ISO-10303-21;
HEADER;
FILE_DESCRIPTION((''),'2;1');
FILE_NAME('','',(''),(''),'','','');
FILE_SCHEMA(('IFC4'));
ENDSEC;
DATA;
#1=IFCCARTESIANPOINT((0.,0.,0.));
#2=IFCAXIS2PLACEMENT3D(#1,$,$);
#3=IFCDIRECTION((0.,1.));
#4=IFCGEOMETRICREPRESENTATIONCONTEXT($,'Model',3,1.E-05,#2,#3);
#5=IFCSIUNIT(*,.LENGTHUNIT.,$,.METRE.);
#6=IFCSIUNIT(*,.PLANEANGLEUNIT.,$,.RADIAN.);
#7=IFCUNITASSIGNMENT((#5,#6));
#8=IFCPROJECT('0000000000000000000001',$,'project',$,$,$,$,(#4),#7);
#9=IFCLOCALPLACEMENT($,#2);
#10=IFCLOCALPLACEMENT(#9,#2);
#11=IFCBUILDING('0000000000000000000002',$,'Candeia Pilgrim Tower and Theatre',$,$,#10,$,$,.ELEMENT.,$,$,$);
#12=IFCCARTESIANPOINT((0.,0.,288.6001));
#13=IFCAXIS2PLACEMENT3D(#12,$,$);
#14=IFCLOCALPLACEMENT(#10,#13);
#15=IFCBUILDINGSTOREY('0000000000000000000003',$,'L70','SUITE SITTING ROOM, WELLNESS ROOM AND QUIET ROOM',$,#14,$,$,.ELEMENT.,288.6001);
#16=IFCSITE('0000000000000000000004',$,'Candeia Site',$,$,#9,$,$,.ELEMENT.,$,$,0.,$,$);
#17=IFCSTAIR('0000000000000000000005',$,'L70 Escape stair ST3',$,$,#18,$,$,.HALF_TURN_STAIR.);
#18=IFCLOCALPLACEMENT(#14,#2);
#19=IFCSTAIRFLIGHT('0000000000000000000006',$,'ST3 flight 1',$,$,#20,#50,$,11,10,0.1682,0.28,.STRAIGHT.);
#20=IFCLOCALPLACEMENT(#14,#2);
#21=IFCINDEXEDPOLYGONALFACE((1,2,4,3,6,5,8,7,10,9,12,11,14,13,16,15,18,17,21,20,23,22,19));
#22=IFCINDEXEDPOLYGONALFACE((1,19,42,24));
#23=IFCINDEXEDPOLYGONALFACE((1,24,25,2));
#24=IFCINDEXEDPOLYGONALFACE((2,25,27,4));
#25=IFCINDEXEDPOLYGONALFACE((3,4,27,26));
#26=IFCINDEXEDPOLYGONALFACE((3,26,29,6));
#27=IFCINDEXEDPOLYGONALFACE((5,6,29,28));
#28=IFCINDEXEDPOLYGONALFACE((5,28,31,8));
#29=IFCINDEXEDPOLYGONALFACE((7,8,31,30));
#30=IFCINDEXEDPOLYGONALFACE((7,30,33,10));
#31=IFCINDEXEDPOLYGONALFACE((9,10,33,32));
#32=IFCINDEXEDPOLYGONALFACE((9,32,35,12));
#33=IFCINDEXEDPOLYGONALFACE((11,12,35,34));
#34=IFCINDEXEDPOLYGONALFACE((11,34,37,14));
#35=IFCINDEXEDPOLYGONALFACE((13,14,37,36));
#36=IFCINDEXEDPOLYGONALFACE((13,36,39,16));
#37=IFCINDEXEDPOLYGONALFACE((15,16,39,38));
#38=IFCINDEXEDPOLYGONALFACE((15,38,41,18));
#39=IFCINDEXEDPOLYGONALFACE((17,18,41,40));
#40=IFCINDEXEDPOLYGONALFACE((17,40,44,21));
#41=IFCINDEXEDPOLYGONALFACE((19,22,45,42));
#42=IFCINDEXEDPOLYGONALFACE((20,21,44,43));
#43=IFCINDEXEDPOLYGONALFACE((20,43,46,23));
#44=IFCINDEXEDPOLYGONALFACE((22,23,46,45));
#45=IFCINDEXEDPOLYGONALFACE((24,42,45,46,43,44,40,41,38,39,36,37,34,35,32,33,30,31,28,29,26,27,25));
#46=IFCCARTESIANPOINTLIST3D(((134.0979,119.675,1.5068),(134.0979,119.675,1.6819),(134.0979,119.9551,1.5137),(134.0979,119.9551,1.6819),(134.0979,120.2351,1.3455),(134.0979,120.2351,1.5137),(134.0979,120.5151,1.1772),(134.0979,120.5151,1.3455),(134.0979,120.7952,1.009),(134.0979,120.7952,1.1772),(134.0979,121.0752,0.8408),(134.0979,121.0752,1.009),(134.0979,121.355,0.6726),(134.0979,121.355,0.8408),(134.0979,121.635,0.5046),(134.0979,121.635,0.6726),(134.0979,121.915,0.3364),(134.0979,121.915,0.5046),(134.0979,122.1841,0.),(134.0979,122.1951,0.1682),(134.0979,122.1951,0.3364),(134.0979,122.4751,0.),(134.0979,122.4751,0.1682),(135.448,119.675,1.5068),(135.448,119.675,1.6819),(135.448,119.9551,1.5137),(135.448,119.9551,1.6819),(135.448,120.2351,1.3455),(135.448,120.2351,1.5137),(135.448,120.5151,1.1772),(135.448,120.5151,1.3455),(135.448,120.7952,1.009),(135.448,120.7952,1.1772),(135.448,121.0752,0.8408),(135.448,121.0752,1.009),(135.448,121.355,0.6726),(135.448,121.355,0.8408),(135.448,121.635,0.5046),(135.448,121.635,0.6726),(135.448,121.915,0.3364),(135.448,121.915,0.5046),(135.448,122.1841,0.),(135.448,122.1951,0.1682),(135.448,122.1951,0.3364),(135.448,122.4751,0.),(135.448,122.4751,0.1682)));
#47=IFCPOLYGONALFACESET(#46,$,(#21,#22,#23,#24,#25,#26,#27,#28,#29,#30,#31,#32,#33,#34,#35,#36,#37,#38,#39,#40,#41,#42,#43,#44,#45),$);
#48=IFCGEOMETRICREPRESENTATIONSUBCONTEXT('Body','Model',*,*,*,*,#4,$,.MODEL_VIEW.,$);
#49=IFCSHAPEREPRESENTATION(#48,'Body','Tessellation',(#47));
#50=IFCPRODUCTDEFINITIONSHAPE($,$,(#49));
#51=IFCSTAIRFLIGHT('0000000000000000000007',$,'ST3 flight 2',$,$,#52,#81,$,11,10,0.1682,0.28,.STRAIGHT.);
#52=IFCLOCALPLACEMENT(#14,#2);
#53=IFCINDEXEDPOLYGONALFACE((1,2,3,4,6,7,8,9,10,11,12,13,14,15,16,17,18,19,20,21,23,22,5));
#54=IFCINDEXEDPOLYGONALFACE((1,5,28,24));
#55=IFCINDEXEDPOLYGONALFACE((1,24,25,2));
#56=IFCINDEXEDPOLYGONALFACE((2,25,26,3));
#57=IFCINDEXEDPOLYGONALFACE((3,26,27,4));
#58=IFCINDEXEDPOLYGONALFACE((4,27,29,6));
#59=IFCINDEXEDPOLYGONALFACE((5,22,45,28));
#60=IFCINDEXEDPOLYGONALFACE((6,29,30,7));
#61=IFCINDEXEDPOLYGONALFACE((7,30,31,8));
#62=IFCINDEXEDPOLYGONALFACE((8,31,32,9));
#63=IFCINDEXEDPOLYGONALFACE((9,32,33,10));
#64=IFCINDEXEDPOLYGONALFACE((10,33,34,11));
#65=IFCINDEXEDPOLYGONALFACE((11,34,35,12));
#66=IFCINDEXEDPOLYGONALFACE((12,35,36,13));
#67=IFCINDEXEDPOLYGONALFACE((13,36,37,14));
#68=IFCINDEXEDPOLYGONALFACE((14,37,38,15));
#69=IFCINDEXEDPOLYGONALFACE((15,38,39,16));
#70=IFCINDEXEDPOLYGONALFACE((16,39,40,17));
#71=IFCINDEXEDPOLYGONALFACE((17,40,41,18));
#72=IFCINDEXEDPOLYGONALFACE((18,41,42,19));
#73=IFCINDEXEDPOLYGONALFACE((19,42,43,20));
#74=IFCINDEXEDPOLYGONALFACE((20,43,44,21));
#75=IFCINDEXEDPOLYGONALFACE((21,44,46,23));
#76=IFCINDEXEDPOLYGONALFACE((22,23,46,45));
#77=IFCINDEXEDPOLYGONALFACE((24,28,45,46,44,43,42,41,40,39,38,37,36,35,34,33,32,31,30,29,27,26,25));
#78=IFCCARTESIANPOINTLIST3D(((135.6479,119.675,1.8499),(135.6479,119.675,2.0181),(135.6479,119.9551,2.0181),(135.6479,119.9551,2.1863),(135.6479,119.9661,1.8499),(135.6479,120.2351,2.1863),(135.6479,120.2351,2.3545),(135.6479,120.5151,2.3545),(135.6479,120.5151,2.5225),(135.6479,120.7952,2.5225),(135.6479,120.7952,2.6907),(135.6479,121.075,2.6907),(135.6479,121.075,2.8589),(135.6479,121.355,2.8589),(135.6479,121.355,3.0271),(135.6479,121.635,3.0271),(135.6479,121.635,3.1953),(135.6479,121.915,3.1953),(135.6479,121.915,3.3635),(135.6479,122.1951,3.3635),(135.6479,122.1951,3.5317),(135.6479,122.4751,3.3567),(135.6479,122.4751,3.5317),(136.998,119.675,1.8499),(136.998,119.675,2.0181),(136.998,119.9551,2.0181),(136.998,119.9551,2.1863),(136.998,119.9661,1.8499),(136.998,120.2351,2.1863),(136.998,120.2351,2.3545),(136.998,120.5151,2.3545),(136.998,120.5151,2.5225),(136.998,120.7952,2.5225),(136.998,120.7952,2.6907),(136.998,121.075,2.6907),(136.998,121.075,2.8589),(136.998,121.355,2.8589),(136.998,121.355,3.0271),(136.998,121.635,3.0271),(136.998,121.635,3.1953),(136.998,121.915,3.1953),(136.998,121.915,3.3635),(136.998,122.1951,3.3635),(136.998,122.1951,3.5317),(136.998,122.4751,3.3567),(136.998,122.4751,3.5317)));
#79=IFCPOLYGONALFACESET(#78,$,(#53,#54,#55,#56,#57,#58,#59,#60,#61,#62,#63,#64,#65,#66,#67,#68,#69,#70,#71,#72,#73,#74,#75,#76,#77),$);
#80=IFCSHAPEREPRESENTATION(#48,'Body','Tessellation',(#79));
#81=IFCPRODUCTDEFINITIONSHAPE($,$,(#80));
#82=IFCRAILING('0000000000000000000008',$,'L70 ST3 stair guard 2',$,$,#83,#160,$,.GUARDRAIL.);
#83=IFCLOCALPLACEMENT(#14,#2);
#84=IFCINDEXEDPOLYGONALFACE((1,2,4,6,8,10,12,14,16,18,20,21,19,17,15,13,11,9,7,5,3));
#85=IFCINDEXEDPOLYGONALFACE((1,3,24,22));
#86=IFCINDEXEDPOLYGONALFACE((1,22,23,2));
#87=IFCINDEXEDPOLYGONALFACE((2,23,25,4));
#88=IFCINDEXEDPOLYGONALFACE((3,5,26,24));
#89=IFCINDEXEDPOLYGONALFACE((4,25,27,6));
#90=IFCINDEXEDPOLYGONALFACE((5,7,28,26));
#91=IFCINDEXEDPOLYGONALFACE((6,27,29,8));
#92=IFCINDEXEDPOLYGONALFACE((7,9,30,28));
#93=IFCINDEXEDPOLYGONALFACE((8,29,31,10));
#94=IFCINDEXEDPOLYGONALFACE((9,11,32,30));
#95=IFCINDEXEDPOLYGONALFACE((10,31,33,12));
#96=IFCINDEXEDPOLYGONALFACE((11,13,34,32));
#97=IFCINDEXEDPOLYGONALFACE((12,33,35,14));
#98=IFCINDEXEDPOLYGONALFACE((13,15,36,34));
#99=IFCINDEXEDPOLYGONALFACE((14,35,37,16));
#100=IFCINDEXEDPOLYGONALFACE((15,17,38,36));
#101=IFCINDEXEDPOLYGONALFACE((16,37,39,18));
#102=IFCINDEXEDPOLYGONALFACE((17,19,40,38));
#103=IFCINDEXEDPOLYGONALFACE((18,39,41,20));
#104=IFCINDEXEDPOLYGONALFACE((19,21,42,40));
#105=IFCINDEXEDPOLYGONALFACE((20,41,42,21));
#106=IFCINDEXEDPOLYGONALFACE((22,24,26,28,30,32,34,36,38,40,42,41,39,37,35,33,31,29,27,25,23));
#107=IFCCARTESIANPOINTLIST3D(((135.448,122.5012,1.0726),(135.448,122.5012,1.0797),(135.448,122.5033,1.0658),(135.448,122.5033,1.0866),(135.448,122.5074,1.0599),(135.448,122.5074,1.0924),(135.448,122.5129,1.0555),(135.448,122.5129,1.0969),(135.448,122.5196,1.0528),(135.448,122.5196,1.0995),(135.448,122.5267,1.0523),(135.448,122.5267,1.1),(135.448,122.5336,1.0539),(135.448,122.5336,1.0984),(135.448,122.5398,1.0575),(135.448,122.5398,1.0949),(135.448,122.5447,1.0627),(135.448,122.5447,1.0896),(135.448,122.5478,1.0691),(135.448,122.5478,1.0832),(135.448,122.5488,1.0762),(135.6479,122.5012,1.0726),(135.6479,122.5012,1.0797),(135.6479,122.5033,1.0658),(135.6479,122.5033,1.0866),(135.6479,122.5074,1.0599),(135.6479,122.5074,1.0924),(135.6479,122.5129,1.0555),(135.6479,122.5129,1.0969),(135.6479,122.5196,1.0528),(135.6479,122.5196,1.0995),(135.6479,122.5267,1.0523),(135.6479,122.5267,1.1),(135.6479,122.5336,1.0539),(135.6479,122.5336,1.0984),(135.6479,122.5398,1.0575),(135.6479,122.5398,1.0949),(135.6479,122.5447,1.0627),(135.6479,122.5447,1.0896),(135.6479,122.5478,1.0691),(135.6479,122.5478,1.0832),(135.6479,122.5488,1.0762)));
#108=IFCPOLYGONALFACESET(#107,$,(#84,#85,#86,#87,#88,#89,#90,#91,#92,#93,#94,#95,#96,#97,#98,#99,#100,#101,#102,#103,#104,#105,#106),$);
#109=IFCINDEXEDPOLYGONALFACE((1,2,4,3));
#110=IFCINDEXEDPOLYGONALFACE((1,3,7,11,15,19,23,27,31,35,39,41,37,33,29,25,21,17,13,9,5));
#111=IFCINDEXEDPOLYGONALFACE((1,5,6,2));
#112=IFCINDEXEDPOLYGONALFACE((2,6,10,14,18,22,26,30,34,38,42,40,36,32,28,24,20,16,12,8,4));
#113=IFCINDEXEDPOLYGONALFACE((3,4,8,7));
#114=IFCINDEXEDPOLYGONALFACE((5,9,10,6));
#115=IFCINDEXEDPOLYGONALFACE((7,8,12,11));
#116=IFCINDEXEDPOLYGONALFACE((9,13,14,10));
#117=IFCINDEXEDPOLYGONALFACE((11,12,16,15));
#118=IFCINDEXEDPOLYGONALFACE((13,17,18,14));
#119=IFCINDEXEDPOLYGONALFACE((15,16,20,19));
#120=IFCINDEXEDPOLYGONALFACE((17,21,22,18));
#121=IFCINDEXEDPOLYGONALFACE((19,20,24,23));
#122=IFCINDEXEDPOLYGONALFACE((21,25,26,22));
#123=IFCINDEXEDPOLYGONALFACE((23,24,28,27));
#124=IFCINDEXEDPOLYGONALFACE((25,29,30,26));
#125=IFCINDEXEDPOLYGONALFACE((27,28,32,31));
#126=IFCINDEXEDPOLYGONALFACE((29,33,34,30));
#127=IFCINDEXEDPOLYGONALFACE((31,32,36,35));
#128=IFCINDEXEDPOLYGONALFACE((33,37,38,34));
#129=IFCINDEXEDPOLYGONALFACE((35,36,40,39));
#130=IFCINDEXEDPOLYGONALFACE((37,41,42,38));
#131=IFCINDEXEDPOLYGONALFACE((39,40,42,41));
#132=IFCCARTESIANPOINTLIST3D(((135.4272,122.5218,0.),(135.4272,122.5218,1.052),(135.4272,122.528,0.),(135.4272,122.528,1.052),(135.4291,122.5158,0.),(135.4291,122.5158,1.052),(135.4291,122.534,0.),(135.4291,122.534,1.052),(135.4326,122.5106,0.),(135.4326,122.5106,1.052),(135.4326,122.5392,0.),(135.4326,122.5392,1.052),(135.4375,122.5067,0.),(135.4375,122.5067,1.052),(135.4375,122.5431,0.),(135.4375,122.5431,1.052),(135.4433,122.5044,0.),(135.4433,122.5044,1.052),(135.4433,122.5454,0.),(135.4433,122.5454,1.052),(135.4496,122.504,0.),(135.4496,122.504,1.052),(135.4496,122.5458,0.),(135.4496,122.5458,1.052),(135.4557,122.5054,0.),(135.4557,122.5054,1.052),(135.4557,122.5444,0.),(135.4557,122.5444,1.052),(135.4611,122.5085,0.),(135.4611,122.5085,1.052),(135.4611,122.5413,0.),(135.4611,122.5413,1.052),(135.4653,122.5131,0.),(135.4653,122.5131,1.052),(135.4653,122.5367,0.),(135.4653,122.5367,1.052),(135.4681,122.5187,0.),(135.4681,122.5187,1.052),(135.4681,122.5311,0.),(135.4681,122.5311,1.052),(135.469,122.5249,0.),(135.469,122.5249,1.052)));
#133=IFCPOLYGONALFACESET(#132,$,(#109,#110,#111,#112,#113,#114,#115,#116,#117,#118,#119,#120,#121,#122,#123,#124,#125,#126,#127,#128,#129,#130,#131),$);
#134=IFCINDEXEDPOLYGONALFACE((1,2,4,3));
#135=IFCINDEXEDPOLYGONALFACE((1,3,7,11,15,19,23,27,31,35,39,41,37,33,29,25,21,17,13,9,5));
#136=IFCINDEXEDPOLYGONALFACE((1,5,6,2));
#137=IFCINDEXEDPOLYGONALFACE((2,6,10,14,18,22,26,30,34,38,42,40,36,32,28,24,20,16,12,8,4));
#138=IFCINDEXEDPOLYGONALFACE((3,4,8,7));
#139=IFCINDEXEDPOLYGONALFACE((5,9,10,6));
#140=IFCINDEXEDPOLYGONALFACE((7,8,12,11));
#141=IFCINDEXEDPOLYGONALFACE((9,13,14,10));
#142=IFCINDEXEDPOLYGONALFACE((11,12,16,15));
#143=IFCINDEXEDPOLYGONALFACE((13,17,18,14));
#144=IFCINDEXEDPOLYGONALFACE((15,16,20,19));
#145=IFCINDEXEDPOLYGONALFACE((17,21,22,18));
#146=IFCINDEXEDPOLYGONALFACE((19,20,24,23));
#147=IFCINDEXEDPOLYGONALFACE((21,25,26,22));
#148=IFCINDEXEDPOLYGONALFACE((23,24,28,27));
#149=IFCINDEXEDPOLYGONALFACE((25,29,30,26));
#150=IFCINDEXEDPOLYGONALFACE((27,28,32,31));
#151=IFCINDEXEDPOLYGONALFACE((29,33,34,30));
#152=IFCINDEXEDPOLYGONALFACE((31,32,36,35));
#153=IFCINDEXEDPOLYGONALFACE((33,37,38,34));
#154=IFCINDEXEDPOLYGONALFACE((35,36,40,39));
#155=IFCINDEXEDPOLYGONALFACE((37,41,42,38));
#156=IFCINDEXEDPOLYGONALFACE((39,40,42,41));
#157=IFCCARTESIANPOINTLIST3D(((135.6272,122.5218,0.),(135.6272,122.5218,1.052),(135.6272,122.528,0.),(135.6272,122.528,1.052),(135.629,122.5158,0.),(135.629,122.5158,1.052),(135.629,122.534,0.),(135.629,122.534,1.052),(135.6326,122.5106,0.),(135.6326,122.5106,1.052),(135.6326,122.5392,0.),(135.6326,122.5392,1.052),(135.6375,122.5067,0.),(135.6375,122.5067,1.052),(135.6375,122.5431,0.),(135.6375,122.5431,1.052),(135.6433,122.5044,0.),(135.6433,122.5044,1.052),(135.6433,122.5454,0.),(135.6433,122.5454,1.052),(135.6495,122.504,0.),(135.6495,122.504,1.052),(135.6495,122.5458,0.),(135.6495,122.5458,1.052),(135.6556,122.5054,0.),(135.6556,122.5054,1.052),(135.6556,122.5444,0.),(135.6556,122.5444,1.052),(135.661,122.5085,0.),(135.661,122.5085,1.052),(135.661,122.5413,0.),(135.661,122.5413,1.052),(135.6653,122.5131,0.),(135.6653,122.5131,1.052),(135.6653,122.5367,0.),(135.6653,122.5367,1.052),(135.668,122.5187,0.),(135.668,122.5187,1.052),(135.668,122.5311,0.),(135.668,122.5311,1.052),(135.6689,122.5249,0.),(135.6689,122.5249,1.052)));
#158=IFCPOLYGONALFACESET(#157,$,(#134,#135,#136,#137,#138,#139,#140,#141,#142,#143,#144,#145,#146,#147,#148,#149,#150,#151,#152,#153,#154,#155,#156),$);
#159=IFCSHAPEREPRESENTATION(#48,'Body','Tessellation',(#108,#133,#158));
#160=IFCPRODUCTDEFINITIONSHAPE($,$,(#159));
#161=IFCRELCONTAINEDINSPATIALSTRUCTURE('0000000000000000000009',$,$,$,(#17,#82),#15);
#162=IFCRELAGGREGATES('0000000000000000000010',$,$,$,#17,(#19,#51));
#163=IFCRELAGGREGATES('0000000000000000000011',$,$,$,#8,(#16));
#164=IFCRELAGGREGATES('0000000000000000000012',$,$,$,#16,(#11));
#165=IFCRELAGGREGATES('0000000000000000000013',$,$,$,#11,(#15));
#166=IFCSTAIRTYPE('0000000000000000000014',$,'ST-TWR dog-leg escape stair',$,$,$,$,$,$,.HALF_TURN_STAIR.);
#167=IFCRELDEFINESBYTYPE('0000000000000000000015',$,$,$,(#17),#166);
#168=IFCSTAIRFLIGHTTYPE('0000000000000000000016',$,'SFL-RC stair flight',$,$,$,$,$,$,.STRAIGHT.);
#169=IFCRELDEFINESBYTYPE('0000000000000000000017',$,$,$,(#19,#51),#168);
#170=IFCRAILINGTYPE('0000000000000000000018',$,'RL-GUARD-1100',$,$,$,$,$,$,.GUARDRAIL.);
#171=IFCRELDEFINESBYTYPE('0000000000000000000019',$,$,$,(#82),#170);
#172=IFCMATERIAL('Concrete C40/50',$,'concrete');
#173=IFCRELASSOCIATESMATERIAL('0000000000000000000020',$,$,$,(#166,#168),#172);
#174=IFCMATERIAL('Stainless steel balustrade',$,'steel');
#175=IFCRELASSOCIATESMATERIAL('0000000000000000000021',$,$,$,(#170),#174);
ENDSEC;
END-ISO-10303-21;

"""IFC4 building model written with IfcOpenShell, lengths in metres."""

from ifc_helpers import new_model, si_unit, direction, frame, origin, origin_2d, place, context, subcontext, project, spatial, polyline, circle, outline, extrude, material, type_object, element, aggregate, save


model = new_model("IFC4")

# Units and contexts
model_context = context("Model", 3, precision=1e-05, world=origin(), true_north=direction((0.0, 1.0)))
body_context = subcontext(model_context, "Body", "Model", "MODEL_VIEW")
ifc_project = project(units=[si_unit("LENGTHUNIT", "METRE"), si_unit("PLANEANGLEUNIT", "RADIAN")], contexts=[model_context])

# Site, building, storey
site_placement = place(None, origin())
site = spatial("IfcSite", under=ifc_project, at=site_placement, Name="Candeia Site", CompositionType="ELEMENT", RefElevation=0.0)
building_placement = place(site_placement, origin())
building = spatial("IfcBuilding", under=site, at=building_placement, Name="Candeia Pilgrim Tower and Theatre", CompositionType="ELEMENT")
storey_placement = place(building_placement, frame((0.0, 0.0, 288.6001)))
storey = spatial("IfcBuildingStorey", under=building, at=storey_placement, Name="L70", Description="SUITE SITTING ROOM, WELLNESS ROOM AND QUIET ROOM", CompositionType="ELEMENT", Elevation=288.6001)

# Shared definitions
ifc_material_1 = material(Name="Concrete C40/50", Category="concrete")

# Stair, stair flights
stair_type = type_object("IfcStairType", Name="ST-TWR dog-leg escape stair", PredefinedType="HALF_TURN_STAIR", material=ifc_material_1)
stair_placement = place(storey_placement, origin())
stair = element("IfcStair", 1, at=stair_placement, inside=storey, type_object=stair_type, Name="L70 Escape stair ST3", PredefinedType="HALF_TURN_STAIR")
stair_flight_type = type_object("IfcStairFlightType", Name="SFL-RC stair flight", PredefinedType="STRAIGHT", material=ifc_material_1)
stair_flight_1_placement = place(storey_placement, frame((134.7729, 122.4751, 0.0), z_axis=(0.0, 0.0, 1.0), x_axis=(0.0, -1.0, 0.0)))
stair_flight_1 = element("IfcStairFlight", 2, at=stair_flight_1_placement, type_object=stair_flight_type, Name="ST3 flight 1", NumberOfRisers=11, NumberOfTreads=10, PredefinedType="STRAIGHT", RiserHeight=0.1682, TreadLength=0.28, context=body_context, shape_type="SweptSolid", body=[
    extrude(outline(polyline([(0.0, 0.0), (0.0, 0.1682), (0.28, 0.1682), (0.28, 0.3364), (0.5601, 0.3364), (0.5601, 0.5046), (0.8401, 0.5046), (0.8401, 0.6726), (1.1201, 0.6726), (1.1201, 0.8408), (1.3999, 0.8408), (1.3999, 1.009), (1.6799, 1.009), (1.6799, 1.1772), (1.96, 1.1772), (1.96, 1.3455), (2.24, 1.3455), (2.24, 1.5137), (2.52, 1.5137), (2.52, 1.6819), (2.8, 1.6819), (2.8, 1.8501), (2.8, 1.5068), (0.291, 0.0), (0.0, 0.0)])), frame((0.0, 0.675, 0.0), z_axis=(0.0, -1.0, 0.0), x_axis=(1.0, 0.0, 0.0)), (0.0, 0.0, 1.0), 1.3501),
])
stair_flight_2_placement = place(storey_placement, frame((136.323, 119.675, 1.8499), z_axis=(0.0, 0.0, 1.0), x_axis=(0.0, 1.0, 0.0)))
stair_flight_2 = element("IfcStairFlight", 3, at=stair_flight_2_placement, type_object=stair_flight_type, Name="ST3 flight 2", NumberOfRisers=11, NumberOfTreads=10, PredefinedType="STRAIGHT", RiserHeight=0.1682, TreadLength=0.28, context=body_context, shape_type="SweptSolid", body=[
    extrude(outline(polyline([(0.0, 0.0), (0.0, 0.1682), (0.28, 0.1682), (0.28, 0.3364), (0.5601, 0.3364), (0.5601, 0.5046), (0.8401, 0.5046), (0.8401, 0.6726), (1.1201, 0.6726), (1.1201, 0.8408), (1.3999, 0.8408), (1.3999, 1.009), (1.6799, 1.009), (1.6799, 1.1772), (1.96, 1.1772), (1.96, 1.3455), (2.24, 1.3455), (2.24, 1.5137), (2.52, 1.5137), (2.52, 1.6819), (2.8, 1.6819), (2.8, 1.8501), (2.8, 1.5068), (0.291, 0.0), (0.0, 0.0)])), frame((0.0, 0.675, 0.0), z_axis=(0.0, -1.0, 0.0), x_axis=(1.0, 0.0, 0.0)), (0.0, 0.0, 1.0), 1.3501),
])
aggregate(stair, [stair_flight_1, stair_flight_2])

# Railing
ifc_material_2 = material(Name="Stainless steel balustrade", Category="steel")
railing_type_1 = type_object("IfcRailingType", Name="RL-GUARD-1100", PredefinedType="GUARDRAIL", material=ifc_material_2)
railing_1_placement = place(storey_placement, frame((135.448, 122.5249, 0.0)))
element("IfcRailing", 4, at=railing_1_placement, inside=storey, type_object=railing_type_1, Name="L70 ST3 stair guard 2", PredefinedType="GUARDRAIL", context=body_context, shape_type="SweptSolid", body=[
    extrude(circle(Radius=0.0239, at=origin_2d()), frame((0.0, 0.0, 1.0762), z_axis=(1.0, 0.0, 0.0), x_axis=(0.0, 1.0, 0.0)), (0.0, 0.0, 1.0), 0.2),
    extrude(circle(Radius=0.021, at=origin_2d()), origin(), (0.0, 0.0, 1.0), 1.052),
    extrude(circle(Radius=0.021, at=origin_2d()), frame((0.2, 0.0, 0.0)), (0.0, 0.0, 1.0), 1.052),
])

save(model, "model.ifc")
